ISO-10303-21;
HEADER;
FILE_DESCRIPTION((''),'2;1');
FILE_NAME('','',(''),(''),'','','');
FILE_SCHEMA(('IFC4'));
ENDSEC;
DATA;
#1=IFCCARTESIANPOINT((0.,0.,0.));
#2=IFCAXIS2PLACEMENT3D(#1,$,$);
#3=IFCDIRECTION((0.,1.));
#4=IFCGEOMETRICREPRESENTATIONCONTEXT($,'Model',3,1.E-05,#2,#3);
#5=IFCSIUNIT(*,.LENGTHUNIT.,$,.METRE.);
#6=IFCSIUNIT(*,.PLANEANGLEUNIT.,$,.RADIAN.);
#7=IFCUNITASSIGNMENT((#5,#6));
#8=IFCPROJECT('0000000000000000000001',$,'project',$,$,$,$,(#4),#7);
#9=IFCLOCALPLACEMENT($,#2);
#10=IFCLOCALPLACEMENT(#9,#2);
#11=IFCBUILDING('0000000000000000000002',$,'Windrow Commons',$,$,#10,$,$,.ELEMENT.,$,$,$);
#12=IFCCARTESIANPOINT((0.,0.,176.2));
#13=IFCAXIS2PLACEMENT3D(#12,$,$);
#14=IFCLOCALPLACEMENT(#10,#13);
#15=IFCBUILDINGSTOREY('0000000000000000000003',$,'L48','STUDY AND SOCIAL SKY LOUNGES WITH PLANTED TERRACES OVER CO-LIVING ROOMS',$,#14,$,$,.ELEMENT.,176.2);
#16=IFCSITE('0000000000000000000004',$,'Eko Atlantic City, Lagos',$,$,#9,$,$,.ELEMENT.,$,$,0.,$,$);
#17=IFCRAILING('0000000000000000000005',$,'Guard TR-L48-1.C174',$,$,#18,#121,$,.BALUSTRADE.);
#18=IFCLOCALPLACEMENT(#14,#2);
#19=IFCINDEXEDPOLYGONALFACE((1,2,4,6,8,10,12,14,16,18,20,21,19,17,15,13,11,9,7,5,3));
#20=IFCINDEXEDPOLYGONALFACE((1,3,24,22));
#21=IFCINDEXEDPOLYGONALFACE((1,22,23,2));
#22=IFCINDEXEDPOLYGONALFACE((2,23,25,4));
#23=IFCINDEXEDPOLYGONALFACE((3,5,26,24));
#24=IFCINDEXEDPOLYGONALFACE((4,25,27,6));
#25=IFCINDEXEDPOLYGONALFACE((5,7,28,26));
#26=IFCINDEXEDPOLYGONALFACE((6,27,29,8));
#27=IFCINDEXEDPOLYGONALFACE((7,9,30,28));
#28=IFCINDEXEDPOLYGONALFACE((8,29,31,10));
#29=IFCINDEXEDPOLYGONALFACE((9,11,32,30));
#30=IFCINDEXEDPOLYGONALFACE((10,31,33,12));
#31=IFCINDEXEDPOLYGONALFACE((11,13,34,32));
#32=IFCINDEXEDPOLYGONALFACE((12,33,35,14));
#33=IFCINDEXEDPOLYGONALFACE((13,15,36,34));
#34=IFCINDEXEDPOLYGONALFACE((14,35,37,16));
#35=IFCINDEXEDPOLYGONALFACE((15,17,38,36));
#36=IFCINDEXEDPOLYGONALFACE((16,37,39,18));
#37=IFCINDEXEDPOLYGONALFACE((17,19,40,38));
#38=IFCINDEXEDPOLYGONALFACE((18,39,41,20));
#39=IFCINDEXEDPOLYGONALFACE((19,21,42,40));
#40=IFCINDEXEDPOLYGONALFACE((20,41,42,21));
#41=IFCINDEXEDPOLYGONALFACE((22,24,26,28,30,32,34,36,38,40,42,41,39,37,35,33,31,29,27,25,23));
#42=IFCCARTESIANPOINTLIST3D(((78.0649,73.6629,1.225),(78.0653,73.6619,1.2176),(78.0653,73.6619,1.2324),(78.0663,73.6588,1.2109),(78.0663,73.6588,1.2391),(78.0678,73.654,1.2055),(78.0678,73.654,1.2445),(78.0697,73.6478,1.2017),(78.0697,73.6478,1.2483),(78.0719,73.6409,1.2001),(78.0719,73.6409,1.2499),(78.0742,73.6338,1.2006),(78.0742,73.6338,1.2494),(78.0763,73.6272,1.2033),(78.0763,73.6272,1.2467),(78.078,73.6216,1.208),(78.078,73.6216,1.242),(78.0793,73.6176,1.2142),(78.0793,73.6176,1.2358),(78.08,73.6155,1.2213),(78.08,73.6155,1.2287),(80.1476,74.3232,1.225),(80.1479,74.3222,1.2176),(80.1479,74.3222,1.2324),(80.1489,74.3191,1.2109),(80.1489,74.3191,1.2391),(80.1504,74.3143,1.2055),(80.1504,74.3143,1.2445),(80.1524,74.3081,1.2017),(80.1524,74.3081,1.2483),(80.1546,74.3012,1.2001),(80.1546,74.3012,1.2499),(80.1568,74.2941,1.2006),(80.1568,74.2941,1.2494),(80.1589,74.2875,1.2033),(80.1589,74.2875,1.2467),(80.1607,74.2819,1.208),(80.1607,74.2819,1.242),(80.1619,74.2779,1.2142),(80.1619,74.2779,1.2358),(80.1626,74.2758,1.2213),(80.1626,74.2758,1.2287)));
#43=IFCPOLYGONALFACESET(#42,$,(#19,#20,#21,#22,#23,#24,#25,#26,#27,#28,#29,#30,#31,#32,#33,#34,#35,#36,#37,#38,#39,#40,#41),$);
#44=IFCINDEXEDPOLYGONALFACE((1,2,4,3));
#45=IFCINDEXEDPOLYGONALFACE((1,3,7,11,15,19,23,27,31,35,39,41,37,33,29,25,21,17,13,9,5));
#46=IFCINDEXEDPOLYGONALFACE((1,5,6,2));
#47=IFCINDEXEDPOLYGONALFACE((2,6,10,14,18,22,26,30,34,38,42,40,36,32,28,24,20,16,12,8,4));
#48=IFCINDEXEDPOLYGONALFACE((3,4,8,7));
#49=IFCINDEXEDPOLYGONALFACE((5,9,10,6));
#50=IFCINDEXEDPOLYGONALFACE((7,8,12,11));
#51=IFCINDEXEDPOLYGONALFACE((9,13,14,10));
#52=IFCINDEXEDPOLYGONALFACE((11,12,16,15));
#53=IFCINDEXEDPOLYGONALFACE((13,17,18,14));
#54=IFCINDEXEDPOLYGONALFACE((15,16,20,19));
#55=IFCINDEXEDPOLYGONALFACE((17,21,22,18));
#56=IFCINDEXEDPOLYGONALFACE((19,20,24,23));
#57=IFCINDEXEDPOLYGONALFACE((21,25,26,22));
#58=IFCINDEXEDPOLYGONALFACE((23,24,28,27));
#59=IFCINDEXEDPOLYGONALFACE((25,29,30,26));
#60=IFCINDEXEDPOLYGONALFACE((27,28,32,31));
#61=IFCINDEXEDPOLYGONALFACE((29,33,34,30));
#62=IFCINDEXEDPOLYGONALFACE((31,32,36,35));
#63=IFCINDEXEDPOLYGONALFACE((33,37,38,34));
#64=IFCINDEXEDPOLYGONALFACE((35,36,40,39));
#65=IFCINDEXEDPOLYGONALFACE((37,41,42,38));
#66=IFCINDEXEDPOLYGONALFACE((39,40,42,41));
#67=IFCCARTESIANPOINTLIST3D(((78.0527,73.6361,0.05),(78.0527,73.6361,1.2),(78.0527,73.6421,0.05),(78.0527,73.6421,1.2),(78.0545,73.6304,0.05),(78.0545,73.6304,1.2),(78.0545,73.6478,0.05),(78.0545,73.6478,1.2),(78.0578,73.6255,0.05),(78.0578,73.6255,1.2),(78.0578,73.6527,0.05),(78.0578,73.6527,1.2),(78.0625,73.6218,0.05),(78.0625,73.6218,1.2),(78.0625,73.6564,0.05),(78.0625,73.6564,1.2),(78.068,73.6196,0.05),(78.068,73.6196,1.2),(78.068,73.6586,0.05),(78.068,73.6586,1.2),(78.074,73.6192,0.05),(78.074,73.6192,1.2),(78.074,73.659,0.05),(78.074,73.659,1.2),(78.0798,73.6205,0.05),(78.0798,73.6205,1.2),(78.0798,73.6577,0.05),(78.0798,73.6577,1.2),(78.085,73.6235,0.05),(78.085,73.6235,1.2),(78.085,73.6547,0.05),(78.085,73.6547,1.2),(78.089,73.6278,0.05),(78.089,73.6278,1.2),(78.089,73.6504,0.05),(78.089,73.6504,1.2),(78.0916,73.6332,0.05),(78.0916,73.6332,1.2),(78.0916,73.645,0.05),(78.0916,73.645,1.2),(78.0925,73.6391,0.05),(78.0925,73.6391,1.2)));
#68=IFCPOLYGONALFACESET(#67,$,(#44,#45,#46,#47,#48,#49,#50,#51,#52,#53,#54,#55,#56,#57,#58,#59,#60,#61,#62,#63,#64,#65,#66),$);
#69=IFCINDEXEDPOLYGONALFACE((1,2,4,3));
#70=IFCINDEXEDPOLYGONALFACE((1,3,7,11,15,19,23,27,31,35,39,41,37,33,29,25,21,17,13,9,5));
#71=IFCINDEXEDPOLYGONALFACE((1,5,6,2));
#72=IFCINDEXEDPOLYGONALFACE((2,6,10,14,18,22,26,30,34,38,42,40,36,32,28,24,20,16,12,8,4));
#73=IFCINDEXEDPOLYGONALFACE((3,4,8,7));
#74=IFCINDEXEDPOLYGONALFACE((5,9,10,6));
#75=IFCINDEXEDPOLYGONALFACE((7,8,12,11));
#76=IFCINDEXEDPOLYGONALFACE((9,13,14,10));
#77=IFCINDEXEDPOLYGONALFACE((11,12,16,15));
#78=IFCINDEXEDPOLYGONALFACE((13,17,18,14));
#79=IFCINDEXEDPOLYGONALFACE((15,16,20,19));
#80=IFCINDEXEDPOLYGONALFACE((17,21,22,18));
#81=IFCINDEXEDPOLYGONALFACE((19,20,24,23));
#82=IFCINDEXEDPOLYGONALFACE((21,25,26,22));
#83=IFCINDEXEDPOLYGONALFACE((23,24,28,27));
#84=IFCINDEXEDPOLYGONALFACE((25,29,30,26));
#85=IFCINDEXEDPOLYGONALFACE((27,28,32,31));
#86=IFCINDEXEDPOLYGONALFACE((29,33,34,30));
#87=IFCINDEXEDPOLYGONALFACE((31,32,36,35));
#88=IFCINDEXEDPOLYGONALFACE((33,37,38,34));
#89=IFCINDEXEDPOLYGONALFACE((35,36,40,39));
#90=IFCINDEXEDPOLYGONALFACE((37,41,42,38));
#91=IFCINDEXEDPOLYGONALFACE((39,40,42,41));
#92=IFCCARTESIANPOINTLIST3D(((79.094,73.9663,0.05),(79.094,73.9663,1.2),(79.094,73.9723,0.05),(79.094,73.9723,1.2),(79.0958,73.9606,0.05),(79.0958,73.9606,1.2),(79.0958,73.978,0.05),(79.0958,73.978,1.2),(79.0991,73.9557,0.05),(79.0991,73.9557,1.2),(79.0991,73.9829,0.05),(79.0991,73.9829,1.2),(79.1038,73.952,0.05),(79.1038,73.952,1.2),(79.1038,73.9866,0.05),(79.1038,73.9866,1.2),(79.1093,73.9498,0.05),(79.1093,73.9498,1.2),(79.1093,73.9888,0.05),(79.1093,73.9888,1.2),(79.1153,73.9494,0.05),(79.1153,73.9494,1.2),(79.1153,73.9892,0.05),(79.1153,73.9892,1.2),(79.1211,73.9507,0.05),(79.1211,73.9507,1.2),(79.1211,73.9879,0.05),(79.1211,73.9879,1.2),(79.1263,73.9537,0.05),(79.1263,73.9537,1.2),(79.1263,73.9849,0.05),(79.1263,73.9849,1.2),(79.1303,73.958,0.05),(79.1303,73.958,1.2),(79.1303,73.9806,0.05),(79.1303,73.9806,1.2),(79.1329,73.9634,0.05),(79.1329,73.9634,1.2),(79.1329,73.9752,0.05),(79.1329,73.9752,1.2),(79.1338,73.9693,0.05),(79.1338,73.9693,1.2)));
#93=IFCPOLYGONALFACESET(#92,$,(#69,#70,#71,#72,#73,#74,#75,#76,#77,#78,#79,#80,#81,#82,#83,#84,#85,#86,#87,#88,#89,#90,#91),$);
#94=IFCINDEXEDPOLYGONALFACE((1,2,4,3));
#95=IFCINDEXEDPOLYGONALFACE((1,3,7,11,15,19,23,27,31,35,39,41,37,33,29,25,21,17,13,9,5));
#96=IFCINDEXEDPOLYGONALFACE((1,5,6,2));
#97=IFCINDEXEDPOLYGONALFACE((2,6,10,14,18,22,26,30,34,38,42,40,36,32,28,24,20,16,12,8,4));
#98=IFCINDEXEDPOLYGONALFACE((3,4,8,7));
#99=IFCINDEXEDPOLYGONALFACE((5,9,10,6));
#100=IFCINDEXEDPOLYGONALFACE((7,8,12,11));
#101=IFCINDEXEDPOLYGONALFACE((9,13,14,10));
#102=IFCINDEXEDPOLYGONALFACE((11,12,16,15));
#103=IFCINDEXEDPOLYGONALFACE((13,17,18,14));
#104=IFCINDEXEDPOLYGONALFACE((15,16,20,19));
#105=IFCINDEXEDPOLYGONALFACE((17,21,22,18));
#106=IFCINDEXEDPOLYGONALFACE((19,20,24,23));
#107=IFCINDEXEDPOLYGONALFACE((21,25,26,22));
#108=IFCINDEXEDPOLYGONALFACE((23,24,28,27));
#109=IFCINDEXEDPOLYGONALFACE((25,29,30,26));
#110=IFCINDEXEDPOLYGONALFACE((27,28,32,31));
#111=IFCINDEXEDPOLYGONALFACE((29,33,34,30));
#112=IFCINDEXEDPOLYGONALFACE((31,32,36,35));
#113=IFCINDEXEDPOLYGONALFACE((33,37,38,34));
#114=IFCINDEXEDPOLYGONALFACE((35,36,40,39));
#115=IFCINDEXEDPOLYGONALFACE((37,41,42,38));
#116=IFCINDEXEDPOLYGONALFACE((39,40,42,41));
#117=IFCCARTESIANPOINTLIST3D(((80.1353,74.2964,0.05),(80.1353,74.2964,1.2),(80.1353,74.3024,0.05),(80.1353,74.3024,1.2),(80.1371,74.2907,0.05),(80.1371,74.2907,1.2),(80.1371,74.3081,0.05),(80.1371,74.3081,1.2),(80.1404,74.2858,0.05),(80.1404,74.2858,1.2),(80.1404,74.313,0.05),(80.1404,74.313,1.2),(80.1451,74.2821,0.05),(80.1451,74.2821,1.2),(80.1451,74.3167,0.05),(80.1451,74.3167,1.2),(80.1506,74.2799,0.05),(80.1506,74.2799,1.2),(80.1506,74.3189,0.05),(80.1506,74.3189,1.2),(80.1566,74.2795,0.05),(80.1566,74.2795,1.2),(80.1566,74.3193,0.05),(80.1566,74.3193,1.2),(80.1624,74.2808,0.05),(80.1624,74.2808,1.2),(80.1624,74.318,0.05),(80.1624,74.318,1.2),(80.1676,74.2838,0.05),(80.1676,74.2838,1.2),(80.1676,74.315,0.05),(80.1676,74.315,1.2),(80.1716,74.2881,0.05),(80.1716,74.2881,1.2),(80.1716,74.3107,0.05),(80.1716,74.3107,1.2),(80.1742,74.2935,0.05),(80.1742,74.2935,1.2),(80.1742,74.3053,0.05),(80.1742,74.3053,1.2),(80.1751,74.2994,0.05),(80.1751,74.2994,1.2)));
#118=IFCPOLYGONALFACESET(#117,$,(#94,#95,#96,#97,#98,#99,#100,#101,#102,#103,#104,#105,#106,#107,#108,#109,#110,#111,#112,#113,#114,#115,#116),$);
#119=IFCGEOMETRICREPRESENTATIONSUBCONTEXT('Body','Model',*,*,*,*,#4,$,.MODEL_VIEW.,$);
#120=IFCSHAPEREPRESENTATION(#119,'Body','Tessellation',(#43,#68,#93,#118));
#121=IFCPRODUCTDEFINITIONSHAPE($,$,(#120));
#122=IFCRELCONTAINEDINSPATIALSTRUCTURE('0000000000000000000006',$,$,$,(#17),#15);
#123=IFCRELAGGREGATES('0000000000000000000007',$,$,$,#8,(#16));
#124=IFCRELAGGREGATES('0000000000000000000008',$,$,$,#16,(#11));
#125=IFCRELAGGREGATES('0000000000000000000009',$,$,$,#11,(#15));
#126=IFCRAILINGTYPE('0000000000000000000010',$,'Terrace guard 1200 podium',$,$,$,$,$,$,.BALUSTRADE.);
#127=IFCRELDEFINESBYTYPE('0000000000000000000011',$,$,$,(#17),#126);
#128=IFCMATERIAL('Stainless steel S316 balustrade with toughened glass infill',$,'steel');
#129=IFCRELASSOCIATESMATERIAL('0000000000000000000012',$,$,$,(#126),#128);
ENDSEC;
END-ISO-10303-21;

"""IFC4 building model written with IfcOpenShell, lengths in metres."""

from ifc_helpers import new_model, si_unit, direction, frame, origin, origin_2d, place, context, subcontext, project, spatial, circle, extrude, material, type_object, element, save


model = new_model("IFC4")

# Units and contexts
model_context = context("Model", 3, precision=1e-05, world=origin(), true_north=direction((0.0, 1.0)))
body_context = subcontext(model_context, "Body", "Model", "MODEL_VIEW")
ifc_project = project(units=[si_unit("LENGTHUNIT", "METRE"), si_unit("PLANEANGLEUNIT", "RADIAN")], contexts=[model_context])

# Site, building, storey
site_placement = place(None, origin())
site = spatial("IfcSite", under=ifc_project, at=site_placement, Name="Eko Atlantic City, Lagos", CompositionType="ELEMENT", RefElevation=0.0)
building_placement = place(site_placement, origin())
building = spatial("IfcBuilding", under=site, at=building_placement, Name="Windrow Commons", CompositionType="ELEMENT")
storey_placement = place(building_placement, frame((0.0, 0.0, 176.2)))
storey = spatial("IfcBuildingStorey", under=building, at=storey_placement, Name="L48", Description="STUDY AND SOCIAL SKY LOUNGES WITH PLANTED TERRACES OVER CO-LIVING ROOMS", CompositionType="ELEMENT", Elevation=176.2)

# Railing
ifc_material_1 = material(Name="Stainless steel S316 balustrade with toughened glass infill", Category="steel")
railing_type_1 = type_object("IfcRailingType", Name="Terrace guard 1200 podium", PredefinedType="BALUSTRADE", material=ifc_material_1)
railing_1_placement = place(storey_placement, frame((78.0725, 73.6391, 0.05)))
element("IfcRailing", 1, at=railing_1_placement, inside=storey, type_object=railing_type_1, Name="Guard TR-L48-1.C174", PredefinedType="BALUSTRADE", context=body_context, shape_type="SweptSolid", body=[
    extrude(circle(Radius=0.025, at=origin_2d()), frame((0.0, 0.0, 1.175), z_axis=(0.953235, 0.302229, 0.0), x_axis=(-0.302229, 0.953235, 0.0)), (0.0, 0.0, 1.0), 2.1848),
    extrude(circle(Radius=0.02, at=origin_2d()), origin(), (0.0, 0.0, 1.0), 1.15),
    extrude(circle(Radius=0.02, at=origin_2d()), frame((1.0413, 0.3302, 0.0)), (0.0, 0.0, 1.0), 1.15),
    extrude(circle(Radius=0.02, at=origin_2d()), frame((2.0826, 0.6603, 0.0)), (0.0, 0.0, 1.0), 1.15),
])

save(model, "model.ifc")
